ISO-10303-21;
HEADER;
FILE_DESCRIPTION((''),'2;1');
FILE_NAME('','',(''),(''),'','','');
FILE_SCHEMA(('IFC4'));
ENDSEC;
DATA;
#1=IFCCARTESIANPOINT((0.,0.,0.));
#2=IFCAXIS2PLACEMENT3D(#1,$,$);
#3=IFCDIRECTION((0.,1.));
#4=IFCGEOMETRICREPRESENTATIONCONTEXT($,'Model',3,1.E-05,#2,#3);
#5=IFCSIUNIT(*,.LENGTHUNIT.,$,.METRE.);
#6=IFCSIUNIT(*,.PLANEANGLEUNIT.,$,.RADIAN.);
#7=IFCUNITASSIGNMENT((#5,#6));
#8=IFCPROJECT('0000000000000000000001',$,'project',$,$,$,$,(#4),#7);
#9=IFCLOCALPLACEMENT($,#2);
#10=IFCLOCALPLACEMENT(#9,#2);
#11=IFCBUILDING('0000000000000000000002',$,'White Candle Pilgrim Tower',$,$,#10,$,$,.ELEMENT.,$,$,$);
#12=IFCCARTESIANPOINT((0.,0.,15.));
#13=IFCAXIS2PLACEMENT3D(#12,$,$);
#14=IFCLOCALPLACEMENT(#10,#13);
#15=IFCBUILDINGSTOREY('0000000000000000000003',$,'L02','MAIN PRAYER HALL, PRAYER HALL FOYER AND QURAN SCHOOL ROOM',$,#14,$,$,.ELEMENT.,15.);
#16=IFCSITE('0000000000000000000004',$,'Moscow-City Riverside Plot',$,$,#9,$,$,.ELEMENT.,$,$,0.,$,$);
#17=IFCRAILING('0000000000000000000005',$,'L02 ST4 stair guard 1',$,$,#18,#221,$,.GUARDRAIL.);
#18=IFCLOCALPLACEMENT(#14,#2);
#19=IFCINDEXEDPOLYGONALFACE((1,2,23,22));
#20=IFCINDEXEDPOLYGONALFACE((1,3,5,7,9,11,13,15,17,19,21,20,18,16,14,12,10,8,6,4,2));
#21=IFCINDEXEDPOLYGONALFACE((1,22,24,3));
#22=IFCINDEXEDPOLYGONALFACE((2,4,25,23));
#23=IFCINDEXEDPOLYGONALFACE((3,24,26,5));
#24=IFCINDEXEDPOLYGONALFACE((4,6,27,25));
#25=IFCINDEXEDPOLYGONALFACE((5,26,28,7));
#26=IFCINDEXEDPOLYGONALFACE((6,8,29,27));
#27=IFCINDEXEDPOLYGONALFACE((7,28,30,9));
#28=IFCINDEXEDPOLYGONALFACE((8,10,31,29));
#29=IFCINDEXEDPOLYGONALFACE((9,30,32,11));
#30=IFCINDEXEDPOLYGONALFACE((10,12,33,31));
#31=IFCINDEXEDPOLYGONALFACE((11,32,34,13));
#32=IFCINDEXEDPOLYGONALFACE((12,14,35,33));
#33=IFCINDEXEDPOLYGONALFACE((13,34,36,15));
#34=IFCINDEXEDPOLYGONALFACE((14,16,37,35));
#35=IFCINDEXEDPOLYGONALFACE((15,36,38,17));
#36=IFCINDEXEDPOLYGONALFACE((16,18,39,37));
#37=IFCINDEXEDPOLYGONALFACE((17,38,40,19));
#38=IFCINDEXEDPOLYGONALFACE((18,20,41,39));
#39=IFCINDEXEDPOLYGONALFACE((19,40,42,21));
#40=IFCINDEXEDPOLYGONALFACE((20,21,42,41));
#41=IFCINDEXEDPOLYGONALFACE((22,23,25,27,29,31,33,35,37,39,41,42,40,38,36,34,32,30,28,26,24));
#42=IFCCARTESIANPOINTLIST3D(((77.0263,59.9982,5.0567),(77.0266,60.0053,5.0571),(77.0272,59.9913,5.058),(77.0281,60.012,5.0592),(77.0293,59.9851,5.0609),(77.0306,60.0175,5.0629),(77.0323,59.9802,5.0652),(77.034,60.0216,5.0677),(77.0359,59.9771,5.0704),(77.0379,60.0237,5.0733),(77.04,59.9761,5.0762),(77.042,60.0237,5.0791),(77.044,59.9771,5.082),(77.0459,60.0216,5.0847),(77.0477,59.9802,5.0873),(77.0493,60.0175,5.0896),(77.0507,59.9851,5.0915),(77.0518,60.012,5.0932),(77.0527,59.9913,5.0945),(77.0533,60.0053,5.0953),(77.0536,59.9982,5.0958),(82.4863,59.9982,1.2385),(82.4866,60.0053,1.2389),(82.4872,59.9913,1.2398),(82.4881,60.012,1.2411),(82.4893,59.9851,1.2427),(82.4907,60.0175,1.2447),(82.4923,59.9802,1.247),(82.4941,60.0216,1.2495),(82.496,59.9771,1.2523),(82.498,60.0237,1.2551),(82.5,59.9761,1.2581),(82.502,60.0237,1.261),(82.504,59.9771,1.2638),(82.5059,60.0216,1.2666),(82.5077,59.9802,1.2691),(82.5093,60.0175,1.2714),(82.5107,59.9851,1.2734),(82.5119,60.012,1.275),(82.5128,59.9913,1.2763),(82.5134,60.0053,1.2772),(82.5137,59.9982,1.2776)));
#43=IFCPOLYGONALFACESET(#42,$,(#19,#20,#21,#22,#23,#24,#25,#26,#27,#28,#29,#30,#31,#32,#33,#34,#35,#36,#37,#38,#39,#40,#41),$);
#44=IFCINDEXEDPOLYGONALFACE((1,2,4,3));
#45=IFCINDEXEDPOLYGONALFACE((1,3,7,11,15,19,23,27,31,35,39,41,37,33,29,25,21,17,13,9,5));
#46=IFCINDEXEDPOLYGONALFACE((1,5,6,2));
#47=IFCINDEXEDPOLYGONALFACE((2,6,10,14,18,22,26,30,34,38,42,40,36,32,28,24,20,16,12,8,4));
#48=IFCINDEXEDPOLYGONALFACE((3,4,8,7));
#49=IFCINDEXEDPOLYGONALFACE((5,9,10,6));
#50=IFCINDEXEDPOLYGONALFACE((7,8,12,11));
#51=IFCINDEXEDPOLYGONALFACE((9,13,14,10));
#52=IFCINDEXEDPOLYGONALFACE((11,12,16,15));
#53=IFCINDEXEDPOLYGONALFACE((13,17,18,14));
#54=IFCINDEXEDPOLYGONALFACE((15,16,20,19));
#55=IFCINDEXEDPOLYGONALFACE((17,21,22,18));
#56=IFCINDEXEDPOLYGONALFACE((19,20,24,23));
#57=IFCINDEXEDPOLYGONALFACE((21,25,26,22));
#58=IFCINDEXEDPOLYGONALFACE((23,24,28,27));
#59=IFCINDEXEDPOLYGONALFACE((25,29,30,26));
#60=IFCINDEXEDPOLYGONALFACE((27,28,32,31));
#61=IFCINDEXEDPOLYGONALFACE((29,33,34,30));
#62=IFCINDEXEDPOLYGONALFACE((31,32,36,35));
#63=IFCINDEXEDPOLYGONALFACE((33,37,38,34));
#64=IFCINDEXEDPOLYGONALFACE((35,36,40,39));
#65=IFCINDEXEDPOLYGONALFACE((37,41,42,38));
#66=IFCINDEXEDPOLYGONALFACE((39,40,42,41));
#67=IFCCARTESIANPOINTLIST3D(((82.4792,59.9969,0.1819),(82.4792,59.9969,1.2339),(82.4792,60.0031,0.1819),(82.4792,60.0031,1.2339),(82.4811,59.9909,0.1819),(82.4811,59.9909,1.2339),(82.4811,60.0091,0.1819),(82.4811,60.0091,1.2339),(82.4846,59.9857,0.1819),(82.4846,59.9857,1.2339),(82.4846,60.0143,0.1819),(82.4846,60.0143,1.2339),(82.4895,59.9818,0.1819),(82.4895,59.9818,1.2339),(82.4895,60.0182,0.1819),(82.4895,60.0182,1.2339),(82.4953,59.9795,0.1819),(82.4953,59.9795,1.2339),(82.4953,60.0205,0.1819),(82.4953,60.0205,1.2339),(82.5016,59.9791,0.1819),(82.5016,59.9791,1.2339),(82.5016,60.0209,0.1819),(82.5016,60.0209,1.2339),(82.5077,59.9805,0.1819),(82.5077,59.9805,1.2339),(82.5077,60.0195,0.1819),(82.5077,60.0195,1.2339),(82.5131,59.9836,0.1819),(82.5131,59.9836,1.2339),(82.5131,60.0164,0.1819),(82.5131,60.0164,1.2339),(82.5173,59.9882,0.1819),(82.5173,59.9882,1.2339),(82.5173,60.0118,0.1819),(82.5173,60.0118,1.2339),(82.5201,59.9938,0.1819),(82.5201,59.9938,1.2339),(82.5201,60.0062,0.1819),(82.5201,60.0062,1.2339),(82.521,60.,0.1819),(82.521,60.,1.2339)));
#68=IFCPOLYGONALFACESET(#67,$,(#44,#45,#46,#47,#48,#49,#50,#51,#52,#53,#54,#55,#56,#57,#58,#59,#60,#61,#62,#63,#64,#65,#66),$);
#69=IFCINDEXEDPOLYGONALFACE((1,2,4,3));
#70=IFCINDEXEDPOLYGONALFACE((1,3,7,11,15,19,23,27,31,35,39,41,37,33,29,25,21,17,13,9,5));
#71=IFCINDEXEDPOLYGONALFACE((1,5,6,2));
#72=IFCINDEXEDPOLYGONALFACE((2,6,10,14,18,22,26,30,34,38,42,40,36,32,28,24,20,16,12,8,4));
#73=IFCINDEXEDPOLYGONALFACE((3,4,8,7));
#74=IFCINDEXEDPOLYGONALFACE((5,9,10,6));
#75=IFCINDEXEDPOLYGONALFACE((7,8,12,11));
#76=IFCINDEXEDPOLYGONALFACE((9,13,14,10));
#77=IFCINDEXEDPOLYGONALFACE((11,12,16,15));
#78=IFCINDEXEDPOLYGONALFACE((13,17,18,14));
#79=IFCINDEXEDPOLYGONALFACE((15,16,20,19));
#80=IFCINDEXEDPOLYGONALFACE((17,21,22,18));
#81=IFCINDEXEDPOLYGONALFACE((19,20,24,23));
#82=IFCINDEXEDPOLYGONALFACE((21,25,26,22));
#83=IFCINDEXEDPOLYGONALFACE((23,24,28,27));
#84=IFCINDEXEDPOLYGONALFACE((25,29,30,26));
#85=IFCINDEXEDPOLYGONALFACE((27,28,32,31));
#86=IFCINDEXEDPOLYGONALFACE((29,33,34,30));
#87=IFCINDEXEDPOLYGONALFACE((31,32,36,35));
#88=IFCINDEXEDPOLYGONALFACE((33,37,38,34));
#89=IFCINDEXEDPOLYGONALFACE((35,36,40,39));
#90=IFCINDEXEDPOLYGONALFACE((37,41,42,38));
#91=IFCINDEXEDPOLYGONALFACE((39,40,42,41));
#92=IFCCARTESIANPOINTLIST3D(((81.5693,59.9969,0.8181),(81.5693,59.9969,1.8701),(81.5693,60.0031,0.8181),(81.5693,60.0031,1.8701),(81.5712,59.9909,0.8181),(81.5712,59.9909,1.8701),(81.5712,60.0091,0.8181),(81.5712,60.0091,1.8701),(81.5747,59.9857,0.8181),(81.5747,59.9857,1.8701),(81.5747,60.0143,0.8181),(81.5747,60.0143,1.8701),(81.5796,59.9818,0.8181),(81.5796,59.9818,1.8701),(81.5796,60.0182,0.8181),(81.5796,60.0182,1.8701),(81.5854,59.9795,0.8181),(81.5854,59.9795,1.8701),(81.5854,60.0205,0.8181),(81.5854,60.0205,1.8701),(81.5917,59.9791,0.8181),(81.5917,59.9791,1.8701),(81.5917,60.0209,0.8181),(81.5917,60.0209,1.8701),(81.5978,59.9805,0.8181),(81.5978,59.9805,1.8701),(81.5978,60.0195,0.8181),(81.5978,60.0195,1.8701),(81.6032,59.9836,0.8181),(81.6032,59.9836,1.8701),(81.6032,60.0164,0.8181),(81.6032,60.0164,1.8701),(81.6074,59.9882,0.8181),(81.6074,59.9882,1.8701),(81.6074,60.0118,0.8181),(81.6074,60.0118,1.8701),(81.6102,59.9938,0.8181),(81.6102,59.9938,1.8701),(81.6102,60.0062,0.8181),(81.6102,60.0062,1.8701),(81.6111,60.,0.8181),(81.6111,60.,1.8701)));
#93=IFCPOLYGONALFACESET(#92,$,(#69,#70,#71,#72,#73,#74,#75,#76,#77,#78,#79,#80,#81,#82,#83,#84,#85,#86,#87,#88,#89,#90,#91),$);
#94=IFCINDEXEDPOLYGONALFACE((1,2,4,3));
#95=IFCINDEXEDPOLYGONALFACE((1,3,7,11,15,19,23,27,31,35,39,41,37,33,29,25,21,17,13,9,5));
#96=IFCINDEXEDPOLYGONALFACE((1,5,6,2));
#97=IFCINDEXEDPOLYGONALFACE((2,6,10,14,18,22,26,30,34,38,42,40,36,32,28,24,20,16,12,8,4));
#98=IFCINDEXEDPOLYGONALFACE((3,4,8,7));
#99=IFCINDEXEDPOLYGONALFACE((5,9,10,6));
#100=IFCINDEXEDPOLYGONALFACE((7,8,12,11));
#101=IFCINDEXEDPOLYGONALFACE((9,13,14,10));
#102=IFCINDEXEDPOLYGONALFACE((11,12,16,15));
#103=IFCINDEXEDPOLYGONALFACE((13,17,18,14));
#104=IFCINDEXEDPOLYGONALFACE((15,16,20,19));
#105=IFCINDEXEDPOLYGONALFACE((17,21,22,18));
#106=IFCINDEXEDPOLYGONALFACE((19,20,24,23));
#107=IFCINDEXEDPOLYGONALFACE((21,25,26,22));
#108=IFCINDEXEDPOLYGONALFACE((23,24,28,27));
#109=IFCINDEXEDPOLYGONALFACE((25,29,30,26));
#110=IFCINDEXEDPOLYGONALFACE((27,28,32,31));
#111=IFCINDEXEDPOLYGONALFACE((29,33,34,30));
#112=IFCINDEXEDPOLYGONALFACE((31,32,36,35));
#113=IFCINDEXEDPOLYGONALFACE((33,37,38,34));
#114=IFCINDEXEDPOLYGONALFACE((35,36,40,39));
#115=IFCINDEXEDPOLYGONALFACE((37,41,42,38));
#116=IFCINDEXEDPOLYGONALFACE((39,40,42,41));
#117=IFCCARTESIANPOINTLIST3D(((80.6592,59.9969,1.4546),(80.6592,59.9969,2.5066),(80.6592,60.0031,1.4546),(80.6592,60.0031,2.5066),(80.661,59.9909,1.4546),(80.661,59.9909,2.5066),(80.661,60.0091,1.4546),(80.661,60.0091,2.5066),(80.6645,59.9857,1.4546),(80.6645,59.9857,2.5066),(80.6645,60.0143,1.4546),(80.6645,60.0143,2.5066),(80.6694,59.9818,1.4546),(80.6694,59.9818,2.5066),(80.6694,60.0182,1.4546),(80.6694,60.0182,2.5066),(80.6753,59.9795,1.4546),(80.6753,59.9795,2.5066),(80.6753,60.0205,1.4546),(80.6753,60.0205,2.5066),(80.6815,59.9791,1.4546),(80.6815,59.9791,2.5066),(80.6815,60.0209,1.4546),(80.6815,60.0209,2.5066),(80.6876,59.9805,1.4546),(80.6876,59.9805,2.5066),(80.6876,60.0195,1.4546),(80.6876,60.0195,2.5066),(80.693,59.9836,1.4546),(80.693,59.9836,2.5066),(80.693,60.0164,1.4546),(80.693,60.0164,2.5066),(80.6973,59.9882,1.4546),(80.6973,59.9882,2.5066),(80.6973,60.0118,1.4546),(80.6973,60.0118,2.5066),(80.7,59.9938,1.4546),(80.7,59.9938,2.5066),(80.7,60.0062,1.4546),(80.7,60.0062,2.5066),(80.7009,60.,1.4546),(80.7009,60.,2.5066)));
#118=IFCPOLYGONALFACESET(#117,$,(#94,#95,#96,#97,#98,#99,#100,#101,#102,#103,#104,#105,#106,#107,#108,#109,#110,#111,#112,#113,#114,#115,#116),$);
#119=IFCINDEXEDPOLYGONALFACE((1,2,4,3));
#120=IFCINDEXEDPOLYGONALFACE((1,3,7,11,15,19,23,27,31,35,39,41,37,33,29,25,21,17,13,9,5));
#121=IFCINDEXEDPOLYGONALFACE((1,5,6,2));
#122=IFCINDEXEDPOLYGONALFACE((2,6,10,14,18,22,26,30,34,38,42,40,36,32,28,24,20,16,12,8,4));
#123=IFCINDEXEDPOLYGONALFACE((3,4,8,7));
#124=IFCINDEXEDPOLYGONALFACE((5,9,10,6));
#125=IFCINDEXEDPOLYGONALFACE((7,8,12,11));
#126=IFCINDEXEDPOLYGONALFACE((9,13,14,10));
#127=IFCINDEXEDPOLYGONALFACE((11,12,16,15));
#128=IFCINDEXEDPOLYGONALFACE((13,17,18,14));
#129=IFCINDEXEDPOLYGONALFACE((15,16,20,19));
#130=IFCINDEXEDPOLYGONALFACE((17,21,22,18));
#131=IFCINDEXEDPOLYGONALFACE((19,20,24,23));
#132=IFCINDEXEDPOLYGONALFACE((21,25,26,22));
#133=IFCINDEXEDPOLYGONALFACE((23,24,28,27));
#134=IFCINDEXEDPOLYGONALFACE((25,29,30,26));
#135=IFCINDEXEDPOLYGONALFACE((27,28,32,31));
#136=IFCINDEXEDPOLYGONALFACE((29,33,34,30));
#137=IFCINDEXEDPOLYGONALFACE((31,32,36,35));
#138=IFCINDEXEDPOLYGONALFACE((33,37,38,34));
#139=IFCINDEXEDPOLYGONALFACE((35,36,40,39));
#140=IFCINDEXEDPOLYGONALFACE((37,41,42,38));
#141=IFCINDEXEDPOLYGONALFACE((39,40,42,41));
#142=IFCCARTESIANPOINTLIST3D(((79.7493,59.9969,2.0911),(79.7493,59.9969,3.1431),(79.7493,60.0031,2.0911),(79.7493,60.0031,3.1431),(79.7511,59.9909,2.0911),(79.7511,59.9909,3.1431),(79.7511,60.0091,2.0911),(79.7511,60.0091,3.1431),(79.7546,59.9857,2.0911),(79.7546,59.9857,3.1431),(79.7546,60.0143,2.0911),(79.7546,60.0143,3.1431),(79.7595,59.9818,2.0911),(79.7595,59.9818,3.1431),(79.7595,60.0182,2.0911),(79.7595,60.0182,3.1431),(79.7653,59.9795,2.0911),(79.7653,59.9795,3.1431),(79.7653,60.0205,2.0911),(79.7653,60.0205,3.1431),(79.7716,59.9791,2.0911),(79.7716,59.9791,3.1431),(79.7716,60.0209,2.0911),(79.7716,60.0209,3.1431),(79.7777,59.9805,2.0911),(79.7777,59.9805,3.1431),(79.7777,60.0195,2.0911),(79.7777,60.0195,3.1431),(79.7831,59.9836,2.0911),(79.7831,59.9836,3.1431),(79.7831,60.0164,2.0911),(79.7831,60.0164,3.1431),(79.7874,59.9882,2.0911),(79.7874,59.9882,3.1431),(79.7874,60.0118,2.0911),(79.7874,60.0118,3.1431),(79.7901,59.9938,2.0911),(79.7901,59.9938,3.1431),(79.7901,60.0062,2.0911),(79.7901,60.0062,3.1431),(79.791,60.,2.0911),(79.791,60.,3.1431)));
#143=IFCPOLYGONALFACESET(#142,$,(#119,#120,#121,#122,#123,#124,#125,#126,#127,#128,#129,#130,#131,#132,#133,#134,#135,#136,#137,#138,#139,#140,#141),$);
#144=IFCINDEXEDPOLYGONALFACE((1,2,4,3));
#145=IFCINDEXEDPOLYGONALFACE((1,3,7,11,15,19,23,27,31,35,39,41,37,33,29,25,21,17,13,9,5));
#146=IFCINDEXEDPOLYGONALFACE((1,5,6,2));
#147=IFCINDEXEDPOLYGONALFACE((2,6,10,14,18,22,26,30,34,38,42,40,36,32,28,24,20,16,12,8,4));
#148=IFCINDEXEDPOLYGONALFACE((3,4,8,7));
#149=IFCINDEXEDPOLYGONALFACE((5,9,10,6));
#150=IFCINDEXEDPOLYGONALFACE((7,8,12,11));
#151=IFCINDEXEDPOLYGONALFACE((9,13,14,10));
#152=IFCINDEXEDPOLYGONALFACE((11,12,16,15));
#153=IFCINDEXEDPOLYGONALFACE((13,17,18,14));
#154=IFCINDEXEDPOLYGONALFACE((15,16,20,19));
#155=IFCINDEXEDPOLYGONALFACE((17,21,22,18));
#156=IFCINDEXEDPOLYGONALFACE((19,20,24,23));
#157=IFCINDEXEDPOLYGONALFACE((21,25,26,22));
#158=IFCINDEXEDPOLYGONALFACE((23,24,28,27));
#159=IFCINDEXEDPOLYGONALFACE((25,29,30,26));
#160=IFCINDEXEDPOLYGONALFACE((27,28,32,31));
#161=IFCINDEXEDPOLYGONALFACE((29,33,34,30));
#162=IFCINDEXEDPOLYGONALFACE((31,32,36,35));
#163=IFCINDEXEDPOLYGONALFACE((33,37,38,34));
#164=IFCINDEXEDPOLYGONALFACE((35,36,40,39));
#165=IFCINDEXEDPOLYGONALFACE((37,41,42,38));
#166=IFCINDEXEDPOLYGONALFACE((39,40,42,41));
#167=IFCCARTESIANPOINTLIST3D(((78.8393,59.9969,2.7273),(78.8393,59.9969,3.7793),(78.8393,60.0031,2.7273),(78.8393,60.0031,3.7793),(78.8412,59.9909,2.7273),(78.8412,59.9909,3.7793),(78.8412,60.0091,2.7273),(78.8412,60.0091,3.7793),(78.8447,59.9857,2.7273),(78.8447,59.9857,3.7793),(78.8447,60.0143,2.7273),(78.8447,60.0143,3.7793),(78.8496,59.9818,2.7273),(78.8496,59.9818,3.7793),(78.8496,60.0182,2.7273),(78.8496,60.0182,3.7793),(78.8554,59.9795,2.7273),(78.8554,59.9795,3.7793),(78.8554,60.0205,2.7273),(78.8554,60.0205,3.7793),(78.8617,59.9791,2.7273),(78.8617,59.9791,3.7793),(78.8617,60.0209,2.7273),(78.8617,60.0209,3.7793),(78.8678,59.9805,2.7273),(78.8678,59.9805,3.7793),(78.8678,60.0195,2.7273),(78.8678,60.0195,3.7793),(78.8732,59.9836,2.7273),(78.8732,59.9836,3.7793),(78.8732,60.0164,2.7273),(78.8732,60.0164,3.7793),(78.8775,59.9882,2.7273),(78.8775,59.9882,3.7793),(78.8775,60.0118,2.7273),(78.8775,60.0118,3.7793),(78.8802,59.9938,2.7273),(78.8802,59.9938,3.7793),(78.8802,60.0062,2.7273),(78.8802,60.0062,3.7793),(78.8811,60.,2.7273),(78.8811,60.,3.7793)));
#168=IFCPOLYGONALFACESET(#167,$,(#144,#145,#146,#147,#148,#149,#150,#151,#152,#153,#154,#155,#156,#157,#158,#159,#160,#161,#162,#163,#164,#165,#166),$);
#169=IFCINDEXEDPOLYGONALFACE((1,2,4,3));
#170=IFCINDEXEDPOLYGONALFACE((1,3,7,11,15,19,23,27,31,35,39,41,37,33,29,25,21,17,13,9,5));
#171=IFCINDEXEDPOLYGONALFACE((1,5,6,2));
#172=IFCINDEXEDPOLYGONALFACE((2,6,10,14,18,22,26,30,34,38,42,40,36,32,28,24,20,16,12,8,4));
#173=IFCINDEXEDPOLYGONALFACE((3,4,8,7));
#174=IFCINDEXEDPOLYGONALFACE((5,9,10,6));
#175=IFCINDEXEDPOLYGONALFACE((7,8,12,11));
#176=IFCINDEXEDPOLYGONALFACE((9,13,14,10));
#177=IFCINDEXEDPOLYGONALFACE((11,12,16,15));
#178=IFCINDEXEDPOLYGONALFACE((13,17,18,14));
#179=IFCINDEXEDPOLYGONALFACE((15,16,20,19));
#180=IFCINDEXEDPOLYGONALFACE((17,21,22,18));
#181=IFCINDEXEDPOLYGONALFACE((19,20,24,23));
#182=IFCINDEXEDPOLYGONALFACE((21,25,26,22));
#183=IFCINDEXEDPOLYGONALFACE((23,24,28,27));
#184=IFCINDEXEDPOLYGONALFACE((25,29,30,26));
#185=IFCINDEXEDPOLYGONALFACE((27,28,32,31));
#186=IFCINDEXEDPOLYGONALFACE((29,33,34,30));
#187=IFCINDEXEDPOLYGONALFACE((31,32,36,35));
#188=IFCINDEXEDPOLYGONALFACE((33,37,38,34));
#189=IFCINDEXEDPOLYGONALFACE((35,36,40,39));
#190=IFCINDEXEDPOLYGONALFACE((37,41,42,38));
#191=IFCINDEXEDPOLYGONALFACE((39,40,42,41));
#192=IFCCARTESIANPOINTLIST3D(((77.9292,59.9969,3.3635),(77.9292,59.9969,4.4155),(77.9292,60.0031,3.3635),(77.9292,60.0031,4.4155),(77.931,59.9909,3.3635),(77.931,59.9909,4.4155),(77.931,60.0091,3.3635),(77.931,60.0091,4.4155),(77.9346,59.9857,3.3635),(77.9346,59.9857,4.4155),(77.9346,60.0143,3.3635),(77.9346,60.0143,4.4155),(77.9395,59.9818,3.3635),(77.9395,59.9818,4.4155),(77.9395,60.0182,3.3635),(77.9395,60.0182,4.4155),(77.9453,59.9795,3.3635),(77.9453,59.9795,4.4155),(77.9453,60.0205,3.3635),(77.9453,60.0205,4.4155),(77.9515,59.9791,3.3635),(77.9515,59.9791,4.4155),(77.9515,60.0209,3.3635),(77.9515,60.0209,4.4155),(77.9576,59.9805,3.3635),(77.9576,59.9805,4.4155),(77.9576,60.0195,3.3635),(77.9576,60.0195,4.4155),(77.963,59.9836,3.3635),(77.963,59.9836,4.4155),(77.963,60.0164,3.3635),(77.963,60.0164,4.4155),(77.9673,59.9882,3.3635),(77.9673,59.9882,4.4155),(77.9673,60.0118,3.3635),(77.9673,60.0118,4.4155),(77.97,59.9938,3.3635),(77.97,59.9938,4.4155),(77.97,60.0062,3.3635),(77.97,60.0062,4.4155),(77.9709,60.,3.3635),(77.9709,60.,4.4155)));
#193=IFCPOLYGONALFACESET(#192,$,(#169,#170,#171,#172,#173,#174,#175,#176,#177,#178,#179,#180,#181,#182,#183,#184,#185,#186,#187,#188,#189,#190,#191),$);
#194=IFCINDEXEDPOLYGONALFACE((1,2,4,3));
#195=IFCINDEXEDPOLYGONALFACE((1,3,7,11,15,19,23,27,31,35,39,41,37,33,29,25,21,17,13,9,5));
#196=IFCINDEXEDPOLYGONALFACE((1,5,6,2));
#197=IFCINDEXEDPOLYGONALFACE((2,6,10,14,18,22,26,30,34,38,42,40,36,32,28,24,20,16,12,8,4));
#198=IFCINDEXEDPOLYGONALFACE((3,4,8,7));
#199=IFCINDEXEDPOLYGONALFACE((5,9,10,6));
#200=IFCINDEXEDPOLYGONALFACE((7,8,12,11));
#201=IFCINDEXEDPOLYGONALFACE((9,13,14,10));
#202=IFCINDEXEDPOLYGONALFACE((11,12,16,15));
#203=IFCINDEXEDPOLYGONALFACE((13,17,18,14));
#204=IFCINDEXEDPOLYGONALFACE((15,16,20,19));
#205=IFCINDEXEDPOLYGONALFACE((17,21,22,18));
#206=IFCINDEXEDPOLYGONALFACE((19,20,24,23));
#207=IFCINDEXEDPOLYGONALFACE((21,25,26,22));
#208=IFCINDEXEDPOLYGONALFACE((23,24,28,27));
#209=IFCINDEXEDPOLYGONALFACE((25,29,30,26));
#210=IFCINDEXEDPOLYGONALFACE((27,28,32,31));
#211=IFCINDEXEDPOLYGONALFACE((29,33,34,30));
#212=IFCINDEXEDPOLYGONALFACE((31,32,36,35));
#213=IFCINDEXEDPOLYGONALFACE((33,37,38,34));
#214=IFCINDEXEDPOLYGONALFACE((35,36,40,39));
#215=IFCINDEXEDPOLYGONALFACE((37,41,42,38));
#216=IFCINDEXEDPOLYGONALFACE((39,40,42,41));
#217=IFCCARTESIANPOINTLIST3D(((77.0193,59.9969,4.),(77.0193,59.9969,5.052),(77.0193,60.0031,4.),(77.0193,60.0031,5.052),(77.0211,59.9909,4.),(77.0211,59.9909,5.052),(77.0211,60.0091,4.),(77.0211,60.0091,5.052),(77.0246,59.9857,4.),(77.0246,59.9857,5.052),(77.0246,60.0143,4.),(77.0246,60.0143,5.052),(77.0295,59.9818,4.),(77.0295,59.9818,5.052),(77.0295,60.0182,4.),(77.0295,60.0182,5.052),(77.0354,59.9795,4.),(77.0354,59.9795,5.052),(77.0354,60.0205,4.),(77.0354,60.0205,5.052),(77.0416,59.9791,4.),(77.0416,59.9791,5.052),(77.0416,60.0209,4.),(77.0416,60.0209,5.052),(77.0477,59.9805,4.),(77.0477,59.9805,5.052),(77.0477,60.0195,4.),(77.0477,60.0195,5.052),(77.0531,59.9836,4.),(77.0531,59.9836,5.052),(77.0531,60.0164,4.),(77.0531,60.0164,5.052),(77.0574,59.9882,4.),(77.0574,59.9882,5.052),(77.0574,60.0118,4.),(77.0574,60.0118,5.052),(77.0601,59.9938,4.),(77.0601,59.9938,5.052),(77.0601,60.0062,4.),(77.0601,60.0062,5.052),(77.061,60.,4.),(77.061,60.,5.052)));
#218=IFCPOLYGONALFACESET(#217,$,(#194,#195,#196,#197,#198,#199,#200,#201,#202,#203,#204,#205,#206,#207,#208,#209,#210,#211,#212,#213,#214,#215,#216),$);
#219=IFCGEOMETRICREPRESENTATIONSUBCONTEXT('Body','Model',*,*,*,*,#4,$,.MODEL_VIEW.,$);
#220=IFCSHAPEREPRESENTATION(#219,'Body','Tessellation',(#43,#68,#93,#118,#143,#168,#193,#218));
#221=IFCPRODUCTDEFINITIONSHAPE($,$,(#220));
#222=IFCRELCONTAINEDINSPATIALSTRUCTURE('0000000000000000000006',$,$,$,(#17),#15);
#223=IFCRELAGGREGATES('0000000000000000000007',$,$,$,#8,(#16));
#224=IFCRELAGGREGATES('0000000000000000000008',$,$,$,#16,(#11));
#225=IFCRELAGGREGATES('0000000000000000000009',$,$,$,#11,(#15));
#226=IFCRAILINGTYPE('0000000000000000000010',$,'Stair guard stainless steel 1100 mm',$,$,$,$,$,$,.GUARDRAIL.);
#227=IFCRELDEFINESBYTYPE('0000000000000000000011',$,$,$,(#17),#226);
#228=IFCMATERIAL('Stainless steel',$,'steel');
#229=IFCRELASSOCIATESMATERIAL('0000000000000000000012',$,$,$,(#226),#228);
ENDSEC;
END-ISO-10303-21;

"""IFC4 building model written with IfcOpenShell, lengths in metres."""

from ifc_helpers import new_model, si_unit, direction, frame, origin, origin_2d, place, context, subcontext, project, spatial, circle, extrude, material, type_object, element, save


model = new_model("IFC4")

# Units and contexts
model_context = context("Model", 3, precision=1e-05, world=origin(), true_north=direction((0.0, 1.0)))
body_context = subcontext(model_context, "Body", "Model", "MODEL_VIEW")
ifc_project = project(units=[si_unit("LENGTHUNIT", "METRE"), si_unit("PLANEANGLEUNIT", "RADIAN")], contexts=[model_context])

# Site, building, storey
site_placement = place(None, origin())
site = spatial("IfcSite", under=ifc_project, at=site_placement, Name="Moscow-City Riverside Plot", CompositionType="ELEMENT", RefElevation=0.0)
building_placement = place(site_placement, origin())
building = spatial("IfcBuilding", under=site, at=building_placement, Name="White Candle Pilgrim Tower", CompositionType="ELEMENT")
storey_placement = place(building_placement, frame((0.0, 0.0, 15.0)))
storey = spatial("IfcBuildingStorey", under=building, at=storey_placement, Name="L02", Description="MAIN PRAYER HALL, PRAYER HALL FOYER AND QURAN SCHOOL ROOM", CompositionType="ELEMENT", Elevation=15.0)

# Railing
ifc_material_1 = material(Name="Stainless steel", Category="steel")
railing_type_1 = type_object("IfcRailingType", Name="Stair guard stainless steel 1100 mm", PredefinedType="GUARDRAIL", material=ifc_material_1)
railing_1_placement = place(storey_placement, frame((82.5, 60.0, 0.1819)))
element("IfcRailing", 1, at=railing_1_placement, inside=storey, type_object=railing_type_1, Name="L02 ST4 stair guard 1", PredefinedType="GUARDRAIL", context=body_context, shape_type="SweptSolid", body=[
    extrude(circle(Radius=0.0239, at=origin_2d()), frame((0.0, 0.0, 1.0762), z_axis=(-0.819504, 0.0, 0.573074), x_axis=(0.0, -1.0, 0.0)), (0.0, 0.0, 1.0), 6.6626),
    extrude(circle(Radius=0.021, at=origin_2d()), origin(), (0.0, 0.0, 1.0), 1.052),
    extrude(circle(Radius=0.021, at=origin_2d()), frame((-0.9099, 0.0, 0.6362)), (0.0, 0.0, 1.0), 1.052),
    extrude(circle(Radius=0.021, at=origin_2d()), frame((-1.8201, 0.0, 1.2727)), (0.0, 0.0, 1.0), 1.052),
    extrude(circle(Radius=0.021, at=origin_2d()), frame((-2.73, 0.0, 1.9092)), (0.0, 0.0, 1.0), 1.052),
    extrude(circle(Radius=0.021, at=origin_2d()), frame((-3.6399, 0.0, 2.5454)), (0.0, 0.0, 1.0), 1.052),
    extrude(circle(Radius=0.021, at=origin_2d()), frame((-4.55, 0.0, 3.1816)), (0.0, 0.0, 1.0), 1.052),
    extrude(circle(Radius=0.021, at=origin_2d()), frame((-5.46, 0.0, 3.8181)), (0.0, 0.0, 1.0), 1.052),
])

save(model, "model.ifc")
